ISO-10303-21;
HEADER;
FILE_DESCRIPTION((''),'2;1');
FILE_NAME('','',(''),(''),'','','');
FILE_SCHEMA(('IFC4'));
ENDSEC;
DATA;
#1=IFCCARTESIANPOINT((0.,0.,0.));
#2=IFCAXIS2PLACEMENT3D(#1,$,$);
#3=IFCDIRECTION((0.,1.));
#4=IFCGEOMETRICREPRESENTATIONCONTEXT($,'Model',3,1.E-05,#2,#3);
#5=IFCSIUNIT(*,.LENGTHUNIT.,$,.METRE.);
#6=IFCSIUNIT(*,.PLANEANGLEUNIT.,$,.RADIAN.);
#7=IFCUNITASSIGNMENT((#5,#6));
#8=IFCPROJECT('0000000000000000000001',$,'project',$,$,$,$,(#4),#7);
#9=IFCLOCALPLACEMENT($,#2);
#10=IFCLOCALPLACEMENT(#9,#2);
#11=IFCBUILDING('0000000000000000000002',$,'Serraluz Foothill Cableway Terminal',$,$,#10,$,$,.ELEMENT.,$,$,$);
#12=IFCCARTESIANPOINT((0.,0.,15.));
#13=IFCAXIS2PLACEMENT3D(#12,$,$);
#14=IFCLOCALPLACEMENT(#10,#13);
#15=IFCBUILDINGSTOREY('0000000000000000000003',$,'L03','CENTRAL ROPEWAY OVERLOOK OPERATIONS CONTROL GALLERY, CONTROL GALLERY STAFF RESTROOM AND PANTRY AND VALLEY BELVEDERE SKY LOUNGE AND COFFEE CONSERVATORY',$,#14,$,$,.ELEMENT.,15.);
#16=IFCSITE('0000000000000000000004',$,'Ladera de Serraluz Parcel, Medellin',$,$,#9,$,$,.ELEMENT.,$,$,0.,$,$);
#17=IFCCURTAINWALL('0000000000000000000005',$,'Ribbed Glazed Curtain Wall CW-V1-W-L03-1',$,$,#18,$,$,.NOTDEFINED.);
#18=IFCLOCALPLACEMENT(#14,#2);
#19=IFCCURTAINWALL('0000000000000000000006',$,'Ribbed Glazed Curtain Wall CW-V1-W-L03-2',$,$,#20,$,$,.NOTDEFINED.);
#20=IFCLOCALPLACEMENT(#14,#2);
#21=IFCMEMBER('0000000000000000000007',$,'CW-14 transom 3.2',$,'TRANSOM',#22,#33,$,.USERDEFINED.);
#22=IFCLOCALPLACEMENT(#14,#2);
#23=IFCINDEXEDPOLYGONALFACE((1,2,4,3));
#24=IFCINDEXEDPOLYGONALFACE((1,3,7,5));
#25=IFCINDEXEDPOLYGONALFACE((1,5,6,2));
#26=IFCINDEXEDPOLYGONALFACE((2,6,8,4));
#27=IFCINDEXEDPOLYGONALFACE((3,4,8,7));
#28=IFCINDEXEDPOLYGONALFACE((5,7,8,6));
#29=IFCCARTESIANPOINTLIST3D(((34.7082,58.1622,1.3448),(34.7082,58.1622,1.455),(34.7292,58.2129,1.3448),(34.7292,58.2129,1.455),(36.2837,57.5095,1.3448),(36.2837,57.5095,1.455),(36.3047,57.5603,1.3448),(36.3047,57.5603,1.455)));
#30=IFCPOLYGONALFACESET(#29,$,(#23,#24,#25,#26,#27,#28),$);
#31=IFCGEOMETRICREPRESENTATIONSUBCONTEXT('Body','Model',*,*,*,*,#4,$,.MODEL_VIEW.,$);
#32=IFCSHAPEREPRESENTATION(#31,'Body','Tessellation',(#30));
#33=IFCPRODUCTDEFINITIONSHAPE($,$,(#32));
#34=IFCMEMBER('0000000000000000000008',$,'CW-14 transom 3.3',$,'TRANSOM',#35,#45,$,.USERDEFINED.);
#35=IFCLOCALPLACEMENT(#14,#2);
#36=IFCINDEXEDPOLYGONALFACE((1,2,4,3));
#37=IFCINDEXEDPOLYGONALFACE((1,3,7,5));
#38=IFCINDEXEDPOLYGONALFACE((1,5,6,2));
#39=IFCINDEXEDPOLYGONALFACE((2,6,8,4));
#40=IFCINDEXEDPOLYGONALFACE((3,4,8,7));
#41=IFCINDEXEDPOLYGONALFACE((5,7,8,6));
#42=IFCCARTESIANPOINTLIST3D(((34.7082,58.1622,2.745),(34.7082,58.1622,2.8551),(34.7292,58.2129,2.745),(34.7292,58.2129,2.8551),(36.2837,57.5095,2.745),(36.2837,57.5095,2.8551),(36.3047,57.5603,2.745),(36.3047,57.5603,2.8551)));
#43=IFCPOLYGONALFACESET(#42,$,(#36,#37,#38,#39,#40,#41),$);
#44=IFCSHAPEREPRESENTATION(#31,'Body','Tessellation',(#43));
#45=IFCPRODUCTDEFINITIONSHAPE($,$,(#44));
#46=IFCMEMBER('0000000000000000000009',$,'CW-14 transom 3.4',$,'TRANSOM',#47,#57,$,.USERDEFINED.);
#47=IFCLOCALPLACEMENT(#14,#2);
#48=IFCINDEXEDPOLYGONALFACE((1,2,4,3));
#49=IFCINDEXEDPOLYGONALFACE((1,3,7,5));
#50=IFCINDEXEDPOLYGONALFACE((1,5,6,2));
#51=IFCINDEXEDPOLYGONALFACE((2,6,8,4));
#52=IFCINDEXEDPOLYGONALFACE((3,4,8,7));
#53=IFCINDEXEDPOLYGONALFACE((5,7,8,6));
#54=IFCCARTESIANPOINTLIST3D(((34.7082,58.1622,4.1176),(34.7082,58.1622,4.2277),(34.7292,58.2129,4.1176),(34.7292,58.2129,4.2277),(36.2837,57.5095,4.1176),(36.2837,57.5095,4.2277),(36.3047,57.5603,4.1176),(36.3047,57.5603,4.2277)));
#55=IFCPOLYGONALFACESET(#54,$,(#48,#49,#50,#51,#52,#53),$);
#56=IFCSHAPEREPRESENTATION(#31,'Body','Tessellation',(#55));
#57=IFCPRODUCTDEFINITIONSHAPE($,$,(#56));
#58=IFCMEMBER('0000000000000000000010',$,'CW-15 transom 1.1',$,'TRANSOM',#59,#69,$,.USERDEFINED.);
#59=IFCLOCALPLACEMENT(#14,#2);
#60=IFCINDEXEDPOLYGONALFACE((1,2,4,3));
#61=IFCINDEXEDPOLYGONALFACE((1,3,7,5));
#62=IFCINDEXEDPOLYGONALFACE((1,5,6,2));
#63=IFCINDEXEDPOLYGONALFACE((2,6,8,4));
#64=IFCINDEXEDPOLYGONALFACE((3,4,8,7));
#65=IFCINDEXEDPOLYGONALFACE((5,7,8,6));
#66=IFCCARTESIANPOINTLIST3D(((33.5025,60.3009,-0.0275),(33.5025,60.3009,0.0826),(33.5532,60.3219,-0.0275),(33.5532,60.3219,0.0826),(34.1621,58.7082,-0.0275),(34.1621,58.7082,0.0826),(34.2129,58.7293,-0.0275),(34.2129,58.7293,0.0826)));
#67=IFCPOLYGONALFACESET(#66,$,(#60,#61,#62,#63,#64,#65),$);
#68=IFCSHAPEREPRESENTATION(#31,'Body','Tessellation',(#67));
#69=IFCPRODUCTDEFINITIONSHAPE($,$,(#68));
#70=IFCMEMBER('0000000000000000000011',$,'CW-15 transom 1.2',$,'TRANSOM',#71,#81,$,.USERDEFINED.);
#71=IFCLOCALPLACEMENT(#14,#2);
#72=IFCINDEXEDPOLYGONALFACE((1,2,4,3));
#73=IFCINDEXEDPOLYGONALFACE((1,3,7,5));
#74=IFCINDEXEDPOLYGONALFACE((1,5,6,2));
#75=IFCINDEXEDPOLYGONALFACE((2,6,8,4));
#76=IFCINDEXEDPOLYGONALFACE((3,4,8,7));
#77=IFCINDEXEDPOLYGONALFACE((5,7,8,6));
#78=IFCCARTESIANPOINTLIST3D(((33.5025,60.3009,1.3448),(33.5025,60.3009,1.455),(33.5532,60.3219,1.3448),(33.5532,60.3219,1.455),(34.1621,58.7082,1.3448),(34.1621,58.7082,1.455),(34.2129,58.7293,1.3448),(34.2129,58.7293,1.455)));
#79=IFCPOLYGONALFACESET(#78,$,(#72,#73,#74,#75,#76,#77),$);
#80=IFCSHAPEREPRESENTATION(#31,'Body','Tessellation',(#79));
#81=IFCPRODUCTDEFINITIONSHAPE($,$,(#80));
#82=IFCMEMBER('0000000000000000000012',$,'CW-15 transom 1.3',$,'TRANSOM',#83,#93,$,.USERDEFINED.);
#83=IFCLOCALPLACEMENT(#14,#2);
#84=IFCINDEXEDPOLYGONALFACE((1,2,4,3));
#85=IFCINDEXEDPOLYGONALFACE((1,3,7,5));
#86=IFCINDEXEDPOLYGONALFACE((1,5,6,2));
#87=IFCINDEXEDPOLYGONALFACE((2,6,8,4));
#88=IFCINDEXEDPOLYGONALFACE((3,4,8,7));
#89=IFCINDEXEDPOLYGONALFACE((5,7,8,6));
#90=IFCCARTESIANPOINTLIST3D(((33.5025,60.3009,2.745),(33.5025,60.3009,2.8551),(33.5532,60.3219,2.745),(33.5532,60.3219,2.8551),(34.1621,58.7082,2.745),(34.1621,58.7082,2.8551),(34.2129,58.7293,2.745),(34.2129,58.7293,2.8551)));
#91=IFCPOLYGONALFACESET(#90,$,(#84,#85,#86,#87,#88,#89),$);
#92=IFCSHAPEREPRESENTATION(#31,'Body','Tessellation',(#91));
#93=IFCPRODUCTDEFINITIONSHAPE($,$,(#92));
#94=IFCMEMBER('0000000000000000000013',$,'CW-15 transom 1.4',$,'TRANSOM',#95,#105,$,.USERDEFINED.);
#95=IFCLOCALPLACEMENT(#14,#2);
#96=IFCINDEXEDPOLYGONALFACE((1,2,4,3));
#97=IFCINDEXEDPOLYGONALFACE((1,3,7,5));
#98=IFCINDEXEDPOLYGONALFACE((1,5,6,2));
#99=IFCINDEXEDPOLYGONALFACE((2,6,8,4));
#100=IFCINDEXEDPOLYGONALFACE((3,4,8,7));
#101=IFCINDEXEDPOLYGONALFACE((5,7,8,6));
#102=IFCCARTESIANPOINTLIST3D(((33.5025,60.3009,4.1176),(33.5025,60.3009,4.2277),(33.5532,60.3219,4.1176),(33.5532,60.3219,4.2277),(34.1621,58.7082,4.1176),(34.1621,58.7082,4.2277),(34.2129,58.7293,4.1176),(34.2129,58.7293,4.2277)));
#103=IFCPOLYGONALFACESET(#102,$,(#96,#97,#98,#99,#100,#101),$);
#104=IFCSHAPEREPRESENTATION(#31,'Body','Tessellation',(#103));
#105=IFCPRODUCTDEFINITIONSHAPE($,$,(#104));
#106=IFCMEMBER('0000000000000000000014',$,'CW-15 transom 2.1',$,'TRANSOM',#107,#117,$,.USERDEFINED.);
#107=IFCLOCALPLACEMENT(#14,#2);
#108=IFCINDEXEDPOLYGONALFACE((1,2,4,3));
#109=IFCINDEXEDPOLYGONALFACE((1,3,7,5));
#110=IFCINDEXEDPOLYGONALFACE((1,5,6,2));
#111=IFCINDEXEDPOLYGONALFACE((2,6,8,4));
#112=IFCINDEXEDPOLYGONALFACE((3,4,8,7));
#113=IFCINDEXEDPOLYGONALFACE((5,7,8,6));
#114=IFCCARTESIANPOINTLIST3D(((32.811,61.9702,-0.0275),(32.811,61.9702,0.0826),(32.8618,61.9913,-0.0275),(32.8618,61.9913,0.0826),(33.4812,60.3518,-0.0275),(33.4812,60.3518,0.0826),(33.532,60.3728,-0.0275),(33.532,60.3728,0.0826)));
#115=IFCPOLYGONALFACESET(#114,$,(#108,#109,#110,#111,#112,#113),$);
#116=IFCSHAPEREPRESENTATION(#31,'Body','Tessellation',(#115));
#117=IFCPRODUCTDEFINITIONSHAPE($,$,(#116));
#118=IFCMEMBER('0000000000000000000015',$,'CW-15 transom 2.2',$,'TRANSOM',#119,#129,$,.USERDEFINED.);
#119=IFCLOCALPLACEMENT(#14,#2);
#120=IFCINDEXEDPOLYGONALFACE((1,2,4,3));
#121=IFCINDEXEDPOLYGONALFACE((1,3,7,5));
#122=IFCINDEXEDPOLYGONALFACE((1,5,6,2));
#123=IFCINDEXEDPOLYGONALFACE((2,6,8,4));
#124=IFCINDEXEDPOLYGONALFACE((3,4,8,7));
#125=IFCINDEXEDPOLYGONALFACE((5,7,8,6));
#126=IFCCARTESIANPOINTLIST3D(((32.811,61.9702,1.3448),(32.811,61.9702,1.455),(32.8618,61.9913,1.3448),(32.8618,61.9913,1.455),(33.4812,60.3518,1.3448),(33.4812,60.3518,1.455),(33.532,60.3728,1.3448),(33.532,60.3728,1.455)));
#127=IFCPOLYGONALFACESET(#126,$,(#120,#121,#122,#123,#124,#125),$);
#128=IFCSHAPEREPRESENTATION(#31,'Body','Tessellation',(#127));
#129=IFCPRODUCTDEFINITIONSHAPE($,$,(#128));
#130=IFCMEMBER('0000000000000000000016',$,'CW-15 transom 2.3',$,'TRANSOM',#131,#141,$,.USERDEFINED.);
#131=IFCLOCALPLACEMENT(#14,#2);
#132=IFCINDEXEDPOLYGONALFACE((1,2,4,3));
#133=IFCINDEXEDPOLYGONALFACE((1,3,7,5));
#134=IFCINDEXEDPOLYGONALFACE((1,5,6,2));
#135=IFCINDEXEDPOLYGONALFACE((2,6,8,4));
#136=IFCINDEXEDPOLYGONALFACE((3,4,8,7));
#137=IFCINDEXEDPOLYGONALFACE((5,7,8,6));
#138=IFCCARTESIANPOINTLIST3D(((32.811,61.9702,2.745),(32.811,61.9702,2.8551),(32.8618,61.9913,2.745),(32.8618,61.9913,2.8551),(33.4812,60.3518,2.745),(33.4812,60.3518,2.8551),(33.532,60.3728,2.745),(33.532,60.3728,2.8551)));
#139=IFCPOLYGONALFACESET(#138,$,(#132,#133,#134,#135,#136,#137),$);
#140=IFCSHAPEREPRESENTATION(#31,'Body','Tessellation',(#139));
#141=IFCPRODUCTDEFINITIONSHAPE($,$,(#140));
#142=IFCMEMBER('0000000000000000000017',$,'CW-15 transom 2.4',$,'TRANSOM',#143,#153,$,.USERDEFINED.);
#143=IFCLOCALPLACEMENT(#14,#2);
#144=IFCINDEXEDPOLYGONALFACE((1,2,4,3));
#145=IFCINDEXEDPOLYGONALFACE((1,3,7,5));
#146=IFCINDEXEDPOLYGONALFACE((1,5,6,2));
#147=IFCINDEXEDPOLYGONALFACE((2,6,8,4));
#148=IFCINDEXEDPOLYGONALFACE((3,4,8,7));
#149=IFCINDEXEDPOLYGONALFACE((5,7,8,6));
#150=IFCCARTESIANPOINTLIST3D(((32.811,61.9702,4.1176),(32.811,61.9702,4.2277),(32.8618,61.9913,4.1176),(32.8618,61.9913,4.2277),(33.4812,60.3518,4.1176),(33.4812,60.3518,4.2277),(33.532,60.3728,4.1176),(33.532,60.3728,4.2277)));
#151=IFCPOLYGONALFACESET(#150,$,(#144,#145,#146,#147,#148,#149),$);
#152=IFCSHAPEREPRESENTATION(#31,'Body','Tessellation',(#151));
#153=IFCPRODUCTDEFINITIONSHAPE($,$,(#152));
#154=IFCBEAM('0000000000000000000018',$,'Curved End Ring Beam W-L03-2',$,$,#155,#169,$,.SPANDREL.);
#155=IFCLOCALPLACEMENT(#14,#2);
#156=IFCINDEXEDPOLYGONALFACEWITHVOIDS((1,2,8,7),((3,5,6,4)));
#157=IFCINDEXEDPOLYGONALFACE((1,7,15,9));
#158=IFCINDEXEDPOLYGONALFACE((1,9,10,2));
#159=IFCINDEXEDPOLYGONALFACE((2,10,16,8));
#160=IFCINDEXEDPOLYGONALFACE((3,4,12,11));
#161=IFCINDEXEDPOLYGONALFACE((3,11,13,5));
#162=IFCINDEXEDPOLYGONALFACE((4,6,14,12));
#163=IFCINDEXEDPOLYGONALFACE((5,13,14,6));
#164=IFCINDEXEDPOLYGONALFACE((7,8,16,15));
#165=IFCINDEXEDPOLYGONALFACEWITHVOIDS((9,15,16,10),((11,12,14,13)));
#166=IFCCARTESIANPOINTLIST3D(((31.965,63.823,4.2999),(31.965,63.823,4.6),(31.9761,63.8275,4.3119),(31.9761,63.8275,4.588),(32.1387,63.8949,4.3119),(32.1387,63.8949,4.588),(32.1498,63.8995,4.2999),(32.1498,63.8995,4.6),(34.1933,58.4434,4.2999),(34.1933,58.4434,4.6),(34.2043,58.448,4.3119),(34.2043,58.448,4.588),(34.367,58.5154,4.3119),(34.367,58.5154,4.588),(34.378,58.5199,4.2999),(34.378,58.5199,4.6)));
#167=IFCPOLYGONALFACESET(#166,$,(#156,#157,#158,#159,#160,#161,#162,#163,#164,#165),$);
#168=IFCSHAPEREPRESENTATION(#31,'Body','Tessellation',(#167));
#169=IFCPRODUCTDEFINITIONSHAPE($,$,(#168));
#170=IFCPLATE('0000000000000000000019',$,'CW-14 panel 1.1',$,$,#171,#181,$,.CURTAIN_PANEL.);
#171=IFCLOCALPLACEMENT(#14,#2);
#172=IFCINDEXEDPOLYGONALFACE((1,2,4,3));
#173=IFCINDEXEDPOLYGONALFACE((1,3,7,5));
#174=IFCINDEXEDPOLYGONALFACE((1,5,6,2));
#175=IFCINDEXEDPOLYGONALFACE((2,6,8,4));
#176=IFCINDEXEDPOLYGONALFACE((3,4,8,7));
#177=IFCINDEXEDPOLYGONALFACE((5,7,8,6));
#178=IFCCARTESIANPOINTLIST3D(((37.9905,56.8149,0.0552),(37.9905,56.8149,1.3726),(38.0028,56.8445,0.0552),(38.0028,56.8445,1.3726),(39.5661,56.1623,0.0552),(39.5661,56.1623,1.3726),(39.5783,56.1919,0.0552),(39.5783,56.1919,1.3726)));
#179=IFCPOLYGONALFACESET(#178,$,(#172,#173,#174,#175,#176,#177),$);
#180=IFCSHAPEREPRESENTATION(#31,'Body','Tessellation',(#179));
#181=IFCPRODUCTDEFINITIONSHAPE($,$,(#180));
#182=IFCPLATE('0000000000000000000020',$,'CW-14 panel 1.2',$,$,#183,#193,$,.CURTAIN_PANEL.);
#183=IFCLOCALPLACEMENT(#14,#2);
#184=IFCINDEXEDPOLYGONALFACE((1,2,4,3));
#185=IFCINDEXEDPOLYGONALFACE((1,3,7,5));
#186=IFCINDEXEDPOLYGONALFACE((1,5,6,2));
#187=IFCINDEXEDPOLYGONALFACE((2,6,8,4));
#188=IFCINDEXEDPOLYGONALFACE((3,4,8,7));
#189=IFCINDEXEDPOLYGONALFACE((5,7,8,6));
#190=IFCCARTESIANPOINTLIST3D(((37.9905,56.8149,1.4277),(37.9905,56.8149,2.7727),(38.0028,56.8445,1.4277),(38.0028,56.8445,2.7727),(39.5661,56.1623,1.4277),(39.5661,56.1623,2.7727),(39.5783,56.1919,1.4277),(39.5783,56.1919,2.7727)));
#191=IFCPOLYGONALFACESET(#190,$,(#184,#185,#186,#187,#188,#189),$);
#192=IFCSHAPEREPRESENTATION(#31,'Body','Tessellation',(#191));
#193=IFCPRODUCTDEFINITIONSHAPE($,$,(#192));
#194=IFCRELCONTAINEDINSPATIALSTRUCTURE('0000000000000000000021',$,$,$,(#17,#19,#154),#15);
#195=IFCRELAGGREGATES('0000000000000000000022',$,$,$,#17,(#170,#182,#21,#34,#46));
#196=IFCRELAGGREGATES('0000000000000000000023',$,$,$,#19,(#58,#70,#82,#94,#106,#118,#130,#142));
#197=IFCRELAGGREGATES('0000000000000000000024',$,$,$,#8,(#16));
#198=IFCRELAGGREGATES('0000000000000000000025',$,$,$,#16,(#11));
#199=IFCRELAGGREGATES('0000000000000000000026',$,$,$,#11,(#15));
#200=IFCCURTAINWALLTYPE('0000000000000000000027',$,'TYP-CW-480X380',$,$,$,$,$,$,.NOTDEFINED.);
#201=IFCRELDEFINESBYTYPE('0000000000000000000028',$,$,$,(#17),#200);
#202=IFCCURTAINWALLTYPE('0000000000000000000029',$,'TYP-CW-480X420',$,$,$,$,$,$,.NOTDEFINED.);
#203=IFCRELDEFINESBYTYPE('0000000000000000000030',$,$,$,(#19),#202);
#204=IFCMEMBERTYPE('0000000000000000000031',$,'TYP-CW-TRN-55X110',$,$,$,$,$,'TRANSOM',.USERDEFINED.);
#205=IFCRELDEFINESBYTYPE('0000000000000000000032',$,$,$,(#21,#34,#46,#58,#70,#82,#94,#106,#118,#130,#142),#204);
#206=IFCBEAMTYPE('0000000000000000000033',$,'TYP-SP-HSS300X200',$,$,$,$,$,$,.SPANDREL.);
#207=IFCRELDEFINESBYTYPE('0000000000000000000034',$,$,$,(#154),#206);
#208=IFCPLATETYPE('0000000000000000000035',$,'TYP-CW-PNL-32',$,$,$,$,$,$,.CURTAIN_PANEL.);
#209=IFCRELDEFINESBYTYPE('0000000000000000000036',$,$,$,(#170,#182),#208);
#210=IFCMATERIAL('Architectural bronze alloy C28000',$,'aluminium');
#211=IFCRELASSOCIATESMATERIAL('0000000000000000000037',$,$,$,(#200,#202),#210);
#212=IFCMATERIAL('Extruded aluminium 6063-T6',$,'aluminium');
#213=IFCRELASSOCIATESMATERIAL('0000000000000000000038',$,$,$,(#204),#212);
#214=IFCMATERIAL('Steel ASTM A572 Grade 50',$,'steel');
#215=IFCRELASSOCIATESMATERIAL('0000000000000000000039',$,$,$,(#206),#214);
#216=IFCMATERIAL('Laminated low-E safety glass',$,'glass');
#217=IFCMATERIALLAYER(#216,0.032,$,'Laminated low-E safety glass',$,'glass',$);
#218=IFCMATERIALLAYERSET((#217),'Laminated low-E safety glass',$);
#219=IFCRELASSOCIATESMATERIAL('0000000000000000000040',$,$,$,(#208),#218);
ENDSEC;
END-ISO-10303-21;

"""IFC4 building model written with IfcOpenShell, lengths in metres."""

from ifc_helpers import new_model, si_unit, direction, frame, origin, origin_2d, place, context, subcontext, project, spatial, rectangle, hollow_rectangle, extrude, material, layer, layer_set, material_profile, profile_set, type_object, element, aggregate, save


model = new_model("IFC4")

# Units and contexts
model_context = context("Model", 3, precision=1e-05, world=origin(), true_north=direction((0.0, 1.0)))
body_context = subcontext(model_context, "Body", "Model", "MODEL_VIEW")
ifc_project = project(units=[si_unit("LENGTHUNIT", "METRE"), si_unit("PLANEANGLEUNIT", "RADIAN")], contexts=[model_context])

# Site, building, storey
site_placement = place(None, origin())
site = spatial("IfcSite", under=ifc_project, at=site_placement, Name="Ladera de Serraluz Parcel, Medellin", CompositionType="ELEMENT", RefElevation=0.0)
building_placement = place(site_placement, origin())
building = spatial("IfcBuilding", under=site, at=building_placement, Name="Serraluz Foothill Cableway Terminal", CompositionType="ELEMENT")
storey_placement = place(building_placement, frame((0.0, 0.0, 15.0)))
storey = spatial("IfcBuildingStorey", under=building, at=storey_placement, Name="L03", Description="CENTRAL ROPEWAY OVERLOOK OPERATIONS CONTROL GALLERY, CONTROL GALLERY STAFF RESTROOM AND PANTRY AND VALLEY BELVEDERE SKY LOUNGE AND COFFEE CONSERVATORY", CompositionType="ELEMENT", Elevation=15.0)

# Shared definitions
ifc_material_1 = material(Name="Steel ASTM A572 Grade 50", Category="steel")

# Curtain walls
ifc_material_2 = material(Name="Architectural bronze alloy C28000", Category="aluminium")
curtain_wall_type_1 = type_object("IfcCurtainWallType", Name="TYP-CW-480X380", PredefinedType="NOTDEFINED", material=ifc_material_2)
curtain_wall_1_placement = place(storey_placement, origin())
curtain_wall_1 = element("IfcCurtainWall", 1, at=curtain_wall_1_placement, inside=storey, type_object=curtain_wall_type_1, Name="Ribbed Glazed Curtain Wall CW-V1-W-L03-1", PredefinedType="NOTDEFINED")
ifc_material_3 = material(Name="Extruded aluminium 6063-T6", Category="aluminium")
curtain_wall_type_2 = type_object("IfcCurtainWallType", Name="TYP-CW-480X420", PredefinedType="NOTDEFINED", material=ifc_material_2)
curtain_wall_2_placement = place(storey_placement, origin())
curtain_wall_2 = element("IfcCurtainWall", 2, at=curtain_wall_2_placement, inside=storey, type_object=curtain_wall_type_2, Name="Ribbed Glazed Curtain Wall CW-V1-W-L03-2", PredefinedType="NOTDEFINED")

# Members
ifc_material_profile_1 = material_profile(ifc_material_3, rectangle(XDim=0.0549, YDim=0.1101, at=origin_2d()), Name="ALU TRANSOM 55x110")
ifc_profile_set_1 = profile_set([ifc_material_profile_1], Name="Extruded aluminium 6063-T6")
member_type_1 = type_object("IfcMemberType", Name="TYP-CW-TRN-55X110", ElementType="TRANSOM", PredefinedType="USERDEFINED", material=ifc_profile_set_1)
member_1_placement = place(storey_placement, frame((36.2942, 57.5349, 1.3999), z_axis=(-0.923875, 0.382693, 0.0), x_axis=(-0.382693, -0.923875, 0.0)))
member_1 = element("IfcMember", 3, at=member_1_placement, type_object=member_type_1, Name="CW-14 transom 3.2", ObjectType="TRANSOM", PredefinedType="USERDEFINED", context=body_context, shape_type="SweptSolid", body=[
    extrude(rectangle(XDim=0.0549, YDim=0.1101, at=origin_2d()), origin(), (0.0, 0.0, 1.0), 1.7053),
])
member_2_placement = place(storey_placement, frame((36.2942, 57.5349, 2.8), z_axis=(-0.923875, 0.382693, 0.0), x_axis=(-0.382693, -0.923875, 0.0)))
member_2 = element("IfcMember", 4, at=member_2_placement, type_object=member_type_1, Name="CW-14 transom 3.3", ObjectType="TRANSOM", PredefinedType="USERDEFINED", context=body_context, shape_type="SweptSolid", body=[
    extrude(rectangle(XDim=0.0549, YDim=0.1101, at=origin_2d()), origin(), (0.0, 0.0, 1.0), 1.7053),
])
member_3_placement = place(storey_placement, frame((36.2942, 57.5349, 4.1726), z_axis=(-0.923875, 0.382693, 0.0), x_axis=(-0.382693, -0.923875, 0.0)))
member_3 = element("IfcMember", 5, at=member_3_placement, type_object=member_type_1, Name="CW-14 transom 3.4", ObjectType="TRANSOM", PredefinedType="USERDEFINED", context=body_context, shape_type="SweptSolid", body=[
    extrude(rectangle(XDim=0.0549, YDim=0.1101, at=origin_2d()), origin(), (0.0, 0.0, 1.0), 1.7053),
])
member_4_placement = place(storey_placement, frame((34.1875, 58.7188, 0.0276), z_axis=(-0.382644, 0.923896, 0.0), x_axis=(-0.923896, -0.382644, 0.0)))
member_4 = element("IfcMember", 6, at=member_4_placement, type_object=member_type_1, Name="CW-15 transom 1.1", ObjectType="TRANSOM", PredefinedType="USERDEFINED", context=body_context, shape_type="SweptSolid", body=[
    extrude(rectangle(XDim=0.0549, YDim=0.1101, at=origin_2d()), origin(), (0.0, 0.0, 1.0), 1.7239),
])
member_5_placement = place(storey_placement, frame((34.1875, 58.7188, 1.3999), z_axis=(-0.382644, 0.923896, 0.0), x_axis=(-0.923896, -0.382644, 0.0)))
member_5 = element("IfcMember", 7, at=member_5_placement, type_object=member_type_1, Name="CW-15 transom 1.2", ObjectType="TRANSOM", PredefinedType="USERDEFINED", context=body_context, shape_type="SweptSolid", body=[
    extrude(rectangle(XDim=0.0549, YDim=0.1101, at=origin_2d()), origin(), (0.0, 0.0, 1.0), 1.7239),
])
member_6_placement = place(storey_placement, frame((34.1875, 58.7188, 2.8), z_axis=(-0.382644, 0.923896, 0.0), x_axis=(-0.923896, -0.382644, 0.0)))
member_6 = element("IfcMember", 8, at=member_6_placement, type_object=member_type_1, Name="CW-15 transom 1.3", ObjectType="TRANSOM", PredefinedType="USERDEFINED", context=body_context, shape_type="SweptSolid", body=[
    extrude(rectangle(XDim=0.0549, YDim=0.1101, at=origin_2d()), origin(), (0.0, 0.0, 1.0), 1.7239),
])
member_7_placement = place(storey_placement, frame((34.1875, 58.7188, 4.1726), z_axis=(-0.382644, 0.923896, 0.0), x_axis=(-0.923896, -0.382644, 0.0)))
member_7 = element("IfcMember", 9, at=member_7_placement, type_object=member_type_1, Name="CW-15 transom 1.4", ObjectType="TRANSOM", PredefinedType="USERDEFINED", context=body_context, shape_type="SweptSolid", body=[
    extrude(rectangle(XDim=0.0549, YDim=0.1101, at=origin_2d()), origin(), (0.0, 0.0, 1.0), 1.7239),
])
member_8_placement = place(storey_placement, frame((33.5066, 60.3623, 0.0276), z_axis=(-0.382586, 0.92392, 0.0), x_axis=(-0.92392, -0.382586, 0.0)))
member_8 = element("IfcMember", 10, at=member_8_placement, type_object=member_type_1, Name="CW-15 transom 2.1", ObjectType="TRANSOM", PredefinedType="USERDEFINED", context=body_context, shape_type="SweptSolid", body=[
    extrude(rectangle(XDim=0.0549, YDim=0.1101, at=origin_2d()), origin(), (0.0, 0.0, 1.0), 1.7517),
])
member_9_placement = place(storey_placement, frame((33.5066, 60.3623, 1.3999), z_axis=(-0.382586, 0.92392, 0.0), x_axis=(-0.92392, -0.382586, 0.0)))
member_9 = element("IfcMember", 11, at=member_9_placement, type_object=member_type_1, Name="CW-15 transom 2.2", ObjectType="TRANSOM", PredefinedType="USERDEFINED", context=body_context, shape_type="SweptSolid", body=[
    extrude(rectangle(XDim=0.0549, YDim=0.1101, at=origin_2d()), origin(), (0.0, 0.0, 1.0), 1.7517),
])
member_10_placement = place(storey_placement, frame((33.5066, 60.3623, 2.8), z_axis=(-0.382586, 0.92392, 0.0), x_axis=(-0.92392, -0.382586, 0.0)))
member_10 = element("IfcMember", 12, at=member_10_placement, type_object=member_type_1, Name="CW-15 transom 2.3", ObjectType="TRANSOM", PredefinedType="USERDEFINED", context=body_context, shape_type="SweptSolid", body=[
    extrude(rectangle(XDim=0.0549, YDim=0.1101, at=origin_2d()), origin(), (0.0, 0.0, 1.0), 1.7517),
])
member_11_placement = place(storey_placement, frame((33.5066, 60.3623, 4.1726), z_axis=(-0.382586, 0.92392, 0.0), x_axis=(-0.92392, -0.382586, 0.0)))
member_11 = element("IfcMember", 13, at=member_11_placement, type_object=member_type_1, Name="CW-15 transom 2.4", ObjectType="TRANSOM", PredefinedType="USERDEFINED", context=body_context, shape_type="SweptSolid", body=[
    extrude(rectangle(XDim=0.0549, YDim=0.1101, at=origin_2d()), origin(), (0.0, 0.0, 1.0), 1.7517),
])

# Beam
ifc_material_profile_2 = material_profile(ifc_material_1, hollow_rectangle(XDim=0.2, YDim=0.3, WallThickness=0.012, at=origin_2d()), Name="HSS300X200X12")
ifc_profile_set_2 = profile_set([ifc_material_profile_2], Name="Steel ASTM A572 Grade 50")
beam_type = type_object("IfcBeamType", Name="TYP-SP-HSS300X200", PredefinedType="SPANDREL", material=ifc_profile_set_2)
beam_placement = place(storey_placement, frame((34.2856, 58.4817, 4.45), z_axis=(-0.382676, 0.923882, 0.0), x_axis=(-0.923882, -0.382676, 0.0)))
element("IfcBeam", 14, at=beam_placement, inside=storey, type_object=beam_type, Name="Curved End Ring Beam W-L03-2", PredefinedType="SPANDREL", context=body_context, shape_type="SweptSolid", body=[
    extrude(hollow_rectangle(XDim=0.2, YDim=0.3, WallThickness=0.012, at=origin_2d()), origin(), (0.0, 0.0, 1.0), 5.8228),
])

# Plates
ifc_material_4 = material(Name="Laminated low-E safety glass", Category="glass")
ifc_layer = layer(ifc_material_4, 0.032, Name="Laminated low-E safety glass", Category="glass")
ifc_layer_set = layer_set([ifc_layer], Name="Laminated low-E safety glass")
plate_type = type_object("IfcPlateType", Name="TYP-CW-PNL-32", PredefinedType="CURTAIN_PANEL", material=ifc_layer_set)
plate_1_placement = place(storey_placement, frame((38.7844, 56.5034, 0.0552), z_axis=(0.0, 0.0, 1.0), x_axis=(-0.92388, 0.382682, 0.0)))
plate_1 = element("IfcPlate", 15, at=plate_1_placement, type_object=plate_type, Name="CW-14 panel 1.1", PredefinedType="CURTAIN_PANEL", context=body_context, shape_type="SweptSolid", body=[
    extrude(rectangle(XDim=1.7053, YDim=0.032, at=origin_2d()), origin(), (0.0, 0.0, 1.0), 1.3174),
])
plate_2_placement = place(storey_placement, frame((38.7844, 56.5034, 1.4277), z_axis=(0.0, 0.0, 1.0), x_axis=(-0.92388, 0.382682, 0.0)))
plate_2 = element("IfcPlate", 16, at=plate_2_placement, type_object=plate_type, Name="CW-14 panel 1.2", PredefinedType="CURTAIN_PANEL", context=body_context, shape_type="SweptSolid", body=[
    extrude(rectangle(XDim=1.7053, YDim=0.032, at=origin_2d()), origin(), (0.0, 0.0, 1.0), 1.345),
])
aggregate(curtain_wall_1, [plate_1, plate_2, member_1, member_2, member_3])
aggregate(curtain_wall_2, [member_4, member_5, member_6, member_7, member_8, member_9, member_10, member_11])

save(model, "model.ifc")
